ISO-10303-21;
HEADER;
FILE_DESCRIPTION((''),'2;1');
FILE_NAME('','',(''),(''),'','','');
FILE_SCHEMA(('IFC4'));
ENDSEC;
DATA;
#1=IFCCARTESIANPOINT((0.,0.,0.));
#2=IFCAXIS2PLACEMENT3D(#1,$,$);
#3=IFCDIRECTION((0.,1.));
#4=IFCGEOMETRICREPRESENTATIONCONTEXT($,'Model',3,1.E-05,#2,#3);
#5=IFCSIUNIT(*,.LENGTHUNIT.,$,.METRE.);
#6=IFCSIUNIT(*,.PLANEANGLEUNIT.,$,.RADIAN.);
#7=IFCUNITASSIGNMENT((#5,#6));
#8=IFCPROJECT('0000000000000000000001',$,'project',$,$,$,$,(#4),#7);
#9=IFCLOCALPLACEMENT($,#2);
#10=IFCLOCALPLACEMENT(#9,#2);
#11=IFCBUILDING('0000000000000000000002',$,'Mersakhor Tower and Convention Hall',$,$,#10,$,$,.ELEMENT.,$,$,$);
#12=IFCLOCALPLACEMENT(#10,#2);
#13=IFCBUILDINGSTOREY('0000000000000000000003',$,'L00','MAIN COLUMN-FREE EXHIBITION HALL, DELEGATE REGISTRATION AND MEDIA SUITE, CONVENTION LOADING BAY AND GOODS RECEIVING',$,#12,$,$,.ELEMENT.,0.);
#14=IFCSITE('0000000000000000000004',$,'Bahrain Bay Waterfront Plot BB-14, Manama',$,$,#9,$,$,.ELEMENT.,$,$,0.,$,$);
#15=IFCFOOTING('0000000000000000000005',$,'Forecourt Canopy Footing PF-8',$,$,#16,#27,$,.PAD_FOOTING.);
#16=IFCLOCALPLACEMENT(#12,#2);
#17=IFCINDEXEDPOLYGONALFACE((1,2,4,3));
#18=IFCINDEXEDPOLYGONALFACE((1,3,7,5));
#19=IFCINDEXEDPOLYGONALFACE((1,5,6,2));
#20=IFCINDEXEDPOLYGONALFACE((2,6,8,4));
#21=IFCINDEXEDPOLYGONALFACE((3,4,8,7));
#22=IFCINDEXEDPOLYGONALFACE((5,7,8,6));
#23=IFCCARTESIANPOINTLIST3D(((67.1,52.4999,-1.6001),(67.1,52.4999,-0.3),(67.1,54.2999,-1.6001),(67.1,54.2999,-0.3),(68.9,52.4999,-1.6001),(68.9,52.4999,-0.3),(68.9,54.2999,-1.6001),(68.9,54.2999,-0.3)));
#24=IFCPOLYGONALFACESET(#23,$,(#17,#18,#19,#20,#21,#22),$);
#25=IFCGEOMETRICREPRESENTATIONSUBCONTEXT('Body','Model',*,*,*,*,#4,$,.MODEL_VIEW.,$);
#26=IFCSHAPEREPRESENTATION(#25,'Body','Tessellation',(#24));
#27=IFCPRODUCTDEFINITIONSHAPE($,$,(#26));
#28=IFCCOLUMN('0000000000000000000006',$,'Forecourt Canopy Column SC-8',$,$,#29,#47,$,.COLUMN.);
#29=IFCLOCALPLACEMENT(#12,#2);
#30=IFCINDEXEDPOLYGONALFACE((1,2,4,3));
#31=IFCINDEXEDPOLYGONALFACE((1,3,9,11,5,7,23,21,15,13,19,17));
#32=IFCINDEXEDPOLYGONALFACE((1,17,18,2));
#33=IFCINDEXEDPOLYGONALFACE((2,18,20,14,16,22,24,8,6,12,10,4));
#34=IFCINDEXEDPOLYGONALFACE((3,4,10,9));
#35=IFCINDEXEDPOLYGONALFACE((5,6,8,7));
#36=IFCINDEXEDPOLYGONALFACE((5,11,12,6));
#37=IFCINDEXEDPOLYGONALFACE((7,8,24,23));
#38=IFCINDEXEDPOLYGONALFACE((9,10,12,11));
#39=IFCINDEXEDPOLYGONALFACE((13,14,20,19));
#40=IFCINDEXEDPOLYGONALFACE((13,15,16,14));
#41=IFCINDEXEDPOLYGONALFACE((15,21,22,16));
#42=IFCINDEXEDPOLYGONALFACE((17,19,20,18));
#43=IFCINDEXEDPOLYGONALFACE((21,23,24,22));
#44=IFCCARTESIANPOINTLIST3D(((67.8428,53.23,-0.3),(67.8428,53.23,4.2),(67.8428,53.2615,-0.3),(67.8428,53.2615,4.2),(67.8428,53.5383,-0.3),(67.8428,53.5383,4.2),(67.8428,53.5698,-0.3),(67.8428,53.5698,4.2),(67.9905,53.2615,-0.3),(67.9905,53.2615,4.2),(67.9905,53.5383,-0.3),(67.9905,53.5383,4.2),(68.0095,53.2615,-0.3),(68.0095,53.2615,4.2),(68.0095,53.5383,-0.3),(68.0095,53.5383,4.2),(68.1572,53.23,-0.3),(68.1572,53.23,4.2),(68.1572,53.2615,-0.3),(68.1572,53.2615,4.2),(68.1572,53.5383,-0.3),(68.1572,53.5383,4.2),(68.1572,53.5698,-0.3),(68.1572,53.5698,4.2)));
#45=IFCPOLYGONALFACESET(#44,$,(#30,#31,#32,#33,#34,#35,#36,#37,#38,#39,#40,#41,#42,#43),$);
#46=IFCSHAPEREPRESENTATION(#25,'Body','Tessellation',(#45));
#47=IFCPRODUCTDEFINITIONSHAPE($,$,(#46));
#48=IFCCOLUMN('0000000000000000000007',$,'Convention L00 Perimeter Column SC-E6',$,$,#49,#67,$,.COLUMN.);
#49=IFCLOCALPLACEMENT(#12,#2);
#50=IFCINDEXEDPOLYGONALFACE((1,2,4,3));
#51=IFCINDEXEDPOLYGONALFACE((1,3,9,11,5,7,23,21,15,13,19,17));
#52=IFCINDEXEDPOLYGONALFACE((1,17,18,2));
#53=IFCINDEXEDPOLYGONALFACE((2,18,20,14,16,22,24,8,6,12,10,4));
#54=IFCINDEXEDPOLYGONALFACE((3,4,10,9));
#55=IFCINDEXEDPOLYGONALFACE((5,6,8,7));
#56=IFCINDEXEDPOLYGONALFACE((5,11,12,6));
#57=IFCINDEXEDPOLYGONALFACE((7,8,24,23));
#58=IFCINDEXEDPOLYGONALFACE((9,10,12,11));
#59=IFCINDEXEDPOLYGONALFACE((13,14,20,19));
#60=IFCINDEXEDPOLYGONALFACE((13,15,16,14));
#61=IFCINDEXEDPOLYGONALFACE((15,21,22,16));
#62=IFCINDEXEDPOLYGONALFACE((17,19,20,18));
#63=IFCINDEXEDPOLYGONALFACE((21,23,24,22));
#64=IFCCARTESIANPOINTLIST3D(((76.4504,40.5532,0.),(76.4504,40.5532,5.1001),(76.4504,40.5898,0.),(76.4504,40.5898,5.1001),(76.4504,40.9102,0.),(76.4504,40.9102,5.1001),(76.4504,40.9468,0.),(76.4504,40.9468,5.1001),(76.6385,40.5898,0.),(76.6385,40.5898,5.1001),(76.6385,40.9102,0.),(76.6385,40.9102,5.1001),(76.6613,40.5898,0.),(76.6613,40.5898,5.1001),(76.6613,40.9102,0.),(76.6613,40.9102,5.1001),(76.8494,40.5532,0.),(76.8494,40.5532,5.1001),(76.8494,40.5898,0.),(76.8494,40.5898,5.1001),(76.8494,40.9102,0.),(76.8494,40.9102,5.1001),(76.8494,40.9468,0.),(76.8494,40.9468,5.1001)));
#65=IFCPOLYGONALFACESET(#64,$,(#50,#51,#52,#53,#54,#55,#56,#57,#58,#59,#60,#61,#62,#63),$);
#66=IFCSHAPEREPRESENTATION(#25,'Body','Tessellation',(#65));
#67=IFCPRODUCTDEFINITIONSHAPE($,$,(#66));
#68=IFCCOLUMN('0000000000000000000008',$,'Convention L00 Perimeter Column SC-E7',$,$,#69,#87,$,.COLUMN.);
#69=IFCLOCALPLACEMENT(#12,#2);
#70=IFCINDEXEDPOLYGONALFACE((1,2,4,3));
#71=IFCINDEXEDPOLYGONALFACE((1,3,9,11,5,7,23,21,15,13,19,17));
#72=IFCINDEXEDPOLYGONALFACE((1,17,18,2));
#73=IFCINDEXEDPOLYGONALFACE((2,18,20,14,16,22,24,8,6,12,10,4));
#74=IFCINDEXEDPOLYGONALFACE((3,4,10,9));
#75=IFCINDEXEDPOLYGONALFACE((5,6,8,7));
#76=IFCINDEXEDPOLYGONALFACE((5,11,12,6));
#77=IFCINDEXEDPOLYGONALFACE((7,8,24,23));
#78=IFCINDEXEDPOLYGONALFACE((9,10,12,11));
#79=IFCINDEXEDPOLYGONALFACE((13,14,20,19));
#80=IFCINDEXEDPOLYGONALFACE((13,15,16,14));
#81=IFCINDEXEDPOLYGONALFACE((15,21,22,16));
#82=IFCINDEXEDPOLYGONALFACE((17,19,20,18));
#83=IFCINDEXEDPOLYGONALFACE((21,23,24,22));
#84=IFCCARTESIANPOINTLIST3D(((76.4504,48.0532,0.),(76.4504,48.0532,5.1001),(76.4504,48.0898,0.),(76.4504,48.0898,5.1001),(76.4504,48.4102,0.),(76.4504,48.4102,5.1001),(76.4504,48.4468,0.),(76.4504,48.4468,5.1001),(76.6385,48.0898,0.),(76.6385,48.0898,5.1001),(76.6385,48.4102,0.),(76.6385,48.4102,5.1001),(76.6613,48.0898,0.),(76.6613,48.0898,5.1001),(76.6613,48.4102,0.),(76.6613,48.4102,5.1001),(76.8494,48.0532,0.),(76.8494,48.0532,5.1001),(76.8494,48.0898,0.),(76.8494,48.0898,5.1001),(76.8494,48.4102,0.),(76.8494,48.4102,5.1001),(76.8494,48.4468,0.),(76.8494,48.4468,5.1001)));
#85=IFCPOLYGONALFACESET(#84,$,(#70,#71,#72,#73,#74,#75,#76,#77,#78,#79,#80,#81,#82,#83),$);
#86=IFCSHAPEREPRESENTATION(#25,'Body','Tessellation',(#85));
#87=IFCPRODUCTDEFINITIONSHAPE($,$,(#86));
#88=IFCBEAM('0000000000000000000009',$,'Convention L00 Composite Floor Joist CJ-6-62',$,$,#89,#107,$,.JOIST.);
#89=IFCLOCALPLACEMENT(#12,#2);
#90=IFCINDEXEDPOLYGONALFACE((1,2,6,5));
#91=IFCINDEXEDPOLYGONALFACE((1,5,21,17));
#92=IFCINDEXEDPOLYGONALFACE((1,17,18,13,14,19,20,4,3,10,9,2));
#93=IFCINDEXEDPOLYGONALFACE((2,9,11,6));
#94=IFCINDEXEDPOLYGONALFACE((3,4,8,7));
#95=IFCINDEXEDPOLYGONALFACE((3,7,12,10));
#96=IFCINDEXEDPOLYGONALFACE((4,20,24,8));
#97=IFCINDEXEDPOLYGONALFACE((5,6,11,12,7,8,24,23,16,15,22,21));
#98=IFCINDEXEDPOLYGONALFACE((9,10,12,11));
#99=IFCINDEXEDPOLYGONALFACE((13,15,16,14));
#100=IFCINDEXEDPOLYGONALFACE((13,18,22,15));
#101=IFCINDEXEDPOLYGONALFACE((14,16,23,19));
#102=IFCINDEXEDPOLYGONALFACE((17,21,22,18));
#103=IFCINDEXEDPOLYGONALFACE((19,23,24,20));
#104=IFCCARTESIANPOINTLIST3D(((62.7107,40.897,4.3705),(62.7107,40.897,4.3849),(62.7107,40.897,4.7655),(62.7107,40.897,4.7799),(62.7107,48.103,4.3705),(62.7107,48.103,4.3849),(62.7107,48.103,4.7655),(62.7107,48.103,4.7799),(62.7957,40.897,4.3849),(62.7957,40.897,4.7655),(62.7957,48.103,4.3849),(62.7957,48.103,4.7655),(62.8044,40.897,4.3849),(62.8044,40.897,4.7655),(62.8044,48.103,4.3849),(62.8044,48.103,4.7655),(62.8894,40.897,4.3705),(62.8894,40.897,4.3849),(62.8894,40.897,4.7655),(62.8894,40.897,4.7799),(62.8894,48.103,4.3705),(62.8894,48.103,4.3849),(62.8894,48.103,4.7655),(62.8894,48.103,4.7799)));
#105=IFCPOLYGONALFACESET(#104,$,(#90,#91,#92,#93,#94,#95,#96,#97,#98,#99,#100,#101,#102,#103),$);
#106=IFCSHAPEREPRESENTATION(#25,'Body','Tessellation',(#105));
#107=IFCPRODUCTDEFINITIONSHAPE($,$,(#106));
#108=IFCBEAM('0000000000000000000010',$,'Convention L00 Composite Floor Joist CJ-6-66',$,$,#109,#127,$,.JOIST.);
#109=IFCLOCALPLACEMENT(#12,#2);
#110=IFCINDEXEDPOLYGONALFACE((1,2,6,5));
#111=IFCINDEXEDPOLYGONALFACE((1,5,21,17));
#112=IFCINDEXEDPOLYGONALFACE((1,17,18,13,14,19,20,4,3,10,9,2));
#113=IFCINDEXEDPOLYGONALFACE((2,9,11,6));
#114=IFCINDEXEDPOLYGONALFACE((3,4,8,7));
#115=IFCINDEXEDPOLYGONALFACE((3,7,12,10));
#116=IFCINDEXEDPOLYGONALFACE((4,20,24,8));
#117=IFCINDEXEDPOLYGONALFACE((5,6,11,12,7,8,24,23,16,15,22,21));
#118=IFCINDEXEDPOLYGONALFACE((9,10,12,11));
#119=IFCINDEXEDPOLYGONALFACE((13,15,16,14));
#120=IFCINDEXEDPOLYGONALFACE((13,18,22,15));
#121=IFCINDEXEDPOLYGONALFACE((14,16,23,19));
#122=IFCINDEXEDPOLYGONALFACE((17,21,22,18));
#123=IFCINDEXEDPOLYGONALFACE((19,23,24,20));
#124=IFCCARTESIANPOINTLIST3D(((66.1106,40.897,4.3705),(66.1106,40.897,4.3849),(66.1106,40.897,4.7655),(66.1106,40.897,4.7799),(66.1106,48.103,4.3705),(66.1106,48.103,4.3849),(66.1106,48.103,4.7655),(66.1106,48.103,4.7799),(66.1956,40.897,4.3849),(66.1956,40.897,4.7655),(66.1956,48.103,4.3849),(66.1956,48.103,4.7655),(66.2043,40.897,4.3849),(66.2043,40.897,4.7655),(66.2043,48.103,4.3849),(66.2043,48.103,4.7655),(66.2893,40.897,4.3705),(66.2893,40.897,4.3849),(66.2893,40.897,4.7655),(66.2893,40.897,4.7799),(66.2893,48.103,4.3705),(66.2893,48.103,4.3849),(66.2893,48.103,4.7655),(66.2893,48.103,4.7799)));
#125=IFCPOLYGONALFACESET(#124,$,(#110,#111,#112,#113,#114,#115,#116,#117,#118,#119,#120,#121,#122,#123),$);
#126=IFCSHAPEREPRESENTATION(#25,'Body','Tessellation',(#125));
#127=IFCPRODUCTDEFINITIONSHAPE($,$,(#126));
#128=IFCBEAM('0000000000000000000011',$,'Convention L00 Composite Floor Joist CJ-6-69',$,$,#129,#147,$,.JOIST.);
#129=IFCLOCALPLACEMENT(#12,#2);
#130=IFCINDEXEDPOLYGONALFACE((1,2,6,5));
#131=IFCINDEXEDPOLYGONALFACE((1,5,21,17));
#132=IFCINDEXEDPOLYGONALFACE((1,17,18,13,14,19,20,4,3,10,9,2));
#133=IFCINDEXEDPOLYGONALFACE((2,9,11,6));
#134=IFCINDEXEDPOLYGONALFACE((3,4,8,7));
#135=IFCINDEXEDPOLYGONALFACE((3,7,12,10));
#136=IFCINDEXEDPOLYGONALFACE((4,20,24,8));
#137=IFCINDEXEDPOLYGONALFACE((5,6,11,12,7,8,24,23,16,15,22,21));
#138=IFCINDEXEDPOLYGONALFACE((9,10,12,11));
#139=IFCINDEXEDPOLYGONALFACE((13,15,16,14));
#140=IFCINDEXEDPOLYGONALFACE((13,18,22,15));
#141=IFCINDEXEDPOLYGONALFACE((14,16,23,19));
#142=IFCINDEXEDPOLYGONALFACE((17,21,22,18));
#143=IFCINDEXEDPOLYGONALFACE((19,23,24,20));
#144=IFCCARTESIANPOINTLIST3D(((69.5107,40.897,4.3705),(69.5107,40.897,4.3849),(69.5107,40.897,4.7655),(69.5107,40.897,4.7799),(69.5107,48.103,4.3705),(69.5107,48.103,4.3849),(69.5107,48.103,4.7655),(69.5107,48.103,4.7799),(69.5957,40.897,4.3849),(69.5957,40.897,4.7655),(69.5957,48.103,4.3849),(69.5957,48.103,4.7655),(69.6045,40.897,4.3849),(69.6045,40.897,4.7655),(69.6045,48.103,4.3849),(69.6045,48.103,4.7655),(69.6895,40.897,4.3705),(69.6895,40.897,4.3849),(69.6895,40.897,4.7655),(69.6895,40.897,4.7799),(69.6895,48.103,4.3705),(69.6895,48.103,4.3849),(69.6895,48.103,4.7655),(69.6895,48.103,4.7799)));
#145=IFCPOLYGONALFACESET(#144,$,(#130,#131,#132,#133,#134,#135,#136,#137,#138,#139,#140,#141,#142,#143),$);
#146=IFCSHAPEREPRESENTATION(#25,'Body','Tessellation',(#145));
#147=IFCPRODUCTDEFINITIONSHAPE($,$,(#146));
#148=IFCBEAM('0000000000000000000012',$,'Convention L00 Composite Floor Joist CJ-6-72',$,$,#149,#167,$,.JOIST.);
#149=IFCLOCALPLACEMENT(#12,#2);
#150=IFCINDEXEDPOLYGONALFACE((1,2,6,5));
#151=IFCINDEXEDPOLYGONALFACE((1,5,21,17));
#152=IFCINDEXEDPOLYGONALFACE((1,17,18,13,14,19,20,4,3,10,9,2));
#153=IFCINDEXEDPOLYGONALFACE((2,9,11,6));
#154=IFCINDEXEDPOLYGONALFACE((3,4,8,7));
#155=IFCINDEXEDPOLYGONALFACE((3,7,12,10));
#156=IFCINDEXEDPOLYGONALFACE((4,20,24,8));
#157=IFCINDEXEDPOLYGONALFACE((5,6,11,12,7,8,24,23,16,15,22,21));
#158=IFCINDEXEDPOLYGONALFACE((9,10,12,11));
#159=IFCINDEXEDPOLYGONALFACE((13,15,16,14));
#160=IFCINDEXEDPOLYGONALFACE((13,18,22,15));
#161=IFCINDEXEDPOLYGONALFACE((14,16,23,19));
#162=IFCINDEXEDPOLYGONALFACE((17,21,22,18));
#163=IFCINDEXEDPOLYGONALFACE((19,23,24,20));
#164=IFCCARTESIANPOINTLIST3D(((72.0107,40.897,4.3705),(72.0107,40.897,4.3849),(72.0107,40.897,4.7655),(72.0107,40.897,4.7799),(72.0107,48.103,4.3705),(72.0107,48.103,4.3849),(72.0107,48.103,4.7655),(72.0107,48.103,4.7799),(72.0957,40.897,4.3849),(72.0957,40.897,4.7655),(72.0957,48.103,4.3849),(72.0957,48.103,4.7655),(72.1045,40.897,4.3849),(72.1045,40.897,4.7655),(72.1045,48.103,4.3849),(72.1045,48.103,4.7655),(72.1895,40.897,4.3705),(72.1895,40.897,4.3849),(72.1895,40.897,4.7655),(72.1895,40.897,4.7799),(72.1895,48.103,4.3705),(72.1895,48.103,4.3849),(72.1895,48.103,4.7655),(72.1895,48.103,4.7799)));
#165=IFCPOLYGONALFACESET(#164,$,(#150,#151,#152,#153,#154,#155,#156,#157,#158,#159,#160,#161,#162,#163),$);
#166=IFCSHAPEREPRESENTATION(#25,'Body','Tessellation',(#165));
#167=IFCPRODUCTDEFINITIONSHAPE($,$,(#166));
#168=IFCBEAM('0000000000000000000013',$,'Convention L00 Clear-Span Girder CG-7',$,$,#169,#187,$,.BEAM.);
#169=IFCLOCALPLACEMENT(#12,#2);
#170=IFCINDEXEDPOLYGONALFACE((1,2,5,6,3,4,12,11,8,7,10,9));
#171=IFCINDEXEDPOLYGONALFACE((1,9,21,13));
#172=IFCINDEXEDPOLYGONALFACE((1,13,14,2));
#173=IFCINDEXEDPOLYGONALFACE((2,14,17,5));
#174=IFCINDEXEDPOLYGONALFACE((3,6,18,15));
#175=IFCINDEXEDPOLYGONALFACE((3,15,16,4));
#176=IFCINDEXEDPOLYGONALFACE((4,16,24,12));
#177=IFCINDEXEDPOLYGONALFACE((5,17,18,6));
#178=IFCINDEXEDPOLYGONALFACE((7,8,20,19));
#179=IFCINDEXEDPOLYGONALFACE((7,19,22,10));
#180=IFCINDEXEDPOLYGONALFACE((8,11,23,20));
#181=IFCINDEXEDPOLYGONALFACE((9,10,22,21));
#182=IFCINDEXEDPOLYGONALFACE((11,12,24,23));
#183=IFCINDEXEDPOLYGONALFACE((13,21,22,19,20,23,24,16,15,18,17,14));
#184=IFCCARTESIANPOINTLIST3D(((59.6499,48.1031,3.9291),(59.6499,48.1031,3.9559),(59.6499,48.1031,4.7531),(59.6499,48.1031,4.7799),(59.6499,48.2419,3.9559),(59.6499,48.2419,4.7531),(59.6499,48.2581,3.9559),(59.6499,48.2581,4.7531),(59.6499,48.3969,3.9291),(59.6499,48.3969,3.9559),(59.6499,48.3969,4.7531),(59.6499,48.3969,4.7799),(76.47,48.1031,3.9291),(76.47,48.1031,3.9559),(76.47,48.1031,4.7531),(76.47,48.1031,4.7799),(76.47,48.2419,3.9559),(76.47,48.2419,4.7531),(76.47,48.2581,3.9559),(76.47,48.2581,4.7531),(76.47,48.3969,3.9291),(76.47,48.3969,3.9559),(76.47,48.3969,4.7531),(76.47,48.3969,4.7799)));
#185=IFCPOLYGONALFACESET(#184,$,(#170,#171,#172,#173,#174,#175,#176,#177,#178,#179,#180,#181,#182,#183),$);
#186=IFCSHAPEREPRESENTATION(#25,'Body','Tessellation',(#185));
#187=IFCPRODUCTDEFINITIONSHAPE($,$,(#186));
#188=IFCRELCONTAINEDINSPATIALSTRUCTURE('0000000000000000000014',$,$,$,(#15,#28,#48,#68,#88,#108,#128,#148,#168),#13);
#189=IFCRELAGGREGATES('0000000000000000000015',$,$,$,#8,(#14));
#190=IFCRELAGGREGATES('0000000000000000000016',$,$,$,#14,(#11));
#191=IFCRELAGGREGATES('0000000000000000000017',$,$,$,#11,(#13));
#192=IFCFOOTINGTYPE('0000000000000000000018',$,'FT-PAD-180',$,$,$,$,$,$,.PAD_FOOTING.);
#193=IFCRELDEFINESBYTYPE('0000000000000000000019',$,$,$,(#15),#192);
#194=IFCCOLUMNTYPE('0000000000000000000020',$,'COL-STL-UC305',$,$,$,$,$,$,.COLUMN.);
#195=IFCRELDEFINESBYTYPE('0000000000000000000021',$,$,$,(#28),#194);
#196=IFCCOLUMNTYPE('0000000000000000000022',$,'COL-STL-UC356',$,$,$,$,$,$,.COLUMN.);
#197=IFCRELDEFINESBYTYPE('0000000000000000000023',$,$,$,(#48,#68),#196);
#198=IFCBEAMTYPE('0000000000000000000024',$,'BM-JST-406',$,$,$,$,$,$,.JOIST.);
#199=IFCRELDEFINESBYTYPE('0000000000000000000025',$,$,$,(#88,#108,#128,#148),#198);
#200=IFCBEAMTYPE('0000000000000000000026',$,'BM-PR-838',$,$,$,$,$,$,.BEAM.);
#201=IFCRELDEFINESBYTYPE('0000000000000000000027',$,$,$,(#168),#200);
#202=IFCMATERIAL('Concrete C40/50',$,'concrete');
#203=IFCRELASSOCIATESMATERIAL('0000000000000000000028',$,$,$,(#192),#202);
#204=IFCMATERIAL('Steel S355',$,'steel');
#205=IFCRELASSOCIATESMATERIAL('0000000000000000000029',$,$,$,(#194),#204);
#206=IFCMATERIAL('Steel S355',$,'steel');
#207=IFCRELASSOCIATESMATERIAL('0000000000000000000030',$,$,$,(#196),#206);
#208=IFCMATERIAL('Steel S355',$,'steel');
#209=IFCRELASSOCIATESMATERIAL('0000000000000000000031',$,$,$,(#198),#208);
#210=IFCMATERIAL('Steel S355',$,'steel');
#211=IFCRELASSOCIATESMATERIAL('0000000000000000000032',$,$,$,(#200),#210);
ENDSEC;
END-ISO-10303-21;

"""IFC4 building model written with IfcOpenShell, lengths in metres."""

from ifc_helpers import new_model, si_unit, direction, frame, origin, origin_2d, place, context, subcontext, project, spatial, rectangle, i_section, extrude, material, material_profile, profile_set, type_object, element, save


model = new_model("IFC4")

# Units and contexts
model_context = context("Model", 3, precision=1e-05, world=origin(), true_north=direction((0.0, 1.0)))
body_context = subcontext(model_context, "Body", "Model", "MODEL_VIEW")
ifc_project = project(units=[si_unit("LENGTHUNIT", "METRE"), si_unit("PLANEANGLEUNIT", "RADIAN")], contexts=[model_context])

# Site, building, storey
site_placement = place(None, origin())
site = spatial("IfcSite", under=ifc_project, at=site_placement, Name="Bahrain Bay Waterfront Plot BB-14, Manama", CompositionType="ELEMENT", RefElevation=0.0)
building_placement = place(site_placement, origin())
building = spatial("IfcBuilding", under=site, at=building_placement, Name="Mersakhor Tower and Convention Hall", CompositionType="ELEMENT")
storey_placement = place(building_placement, origin())
storey = spatial("IfcBuildingStorey", under=building, at=storey_placement, Name="L00", Description="MAIN COLUMN-FREE EXHIBITION HALL, DELEGATE REGISTRATION AND MEDIA SUITE, CONVENTION LOADING BAY AND GOODS RECEIVING", CompositionType="ELEMENT", Elevation=0.0)

# Footing
ifc_material_1 = material(Name="Concrete C40/50", Category="concrete")
footing_type = type_object("IfcFootingType", Name="FT-PAD-180", PredefinedType="PAD_FOOTING", material=ifc_material_1)
footing_placement = place(storey_placement, frame((68.0, 53.3999, -1.6001), z_axis=(0.0, 0.0, 1.0), x_axis=(1.0, 0.0, 0.0)))
element("IfcFooting", 1, at=footing_placement, inside=storey, type_object=footing_type, Name="Forecourt Canopy Footing PF-8", PredefinedType="PAD_FOOTING", context=body_context, shape_type="SweptSolid", body=[
    extrude(rectangle(XDim=1.8, YDim=1.8, at=origin_2d()), origin(), (0.0, 0.0, 1.0), 1.3),
])

# Columns
ifc_material_2 = material(Name="Steel S355", Category="steel")
ifc_material_profile_1 = material_profile(ifc_material_2, i_section(OverallWidth=0.3145, OverallDepth=0.3398, WebThickness=0.019, FlangeThickness=0.0315, at=origin_2d()), Name="UC 305x305x198")
ifc_profile_set_1 = profile_set([ifc_material_profile_1], Name="Steel S355")
column_type_1 = type_object("IfcColumnType", Name="COL-STL-UC305", PredefinedType="COLUMN", material=ifc_profile_set_1)
column_placement = place(storey_placement, frame((68.0, 53.3999, -0.3), z_axis=(0.0, 0.0, 1.0), x_axis=(1.0, 0.0, 0.0)))
element("IfcColumn", 2, at=column_placement, inside=storey, type_object=column_type_1, Name="Forecourt Canopy Column SC-8", PredefinedType="COLUMN", context=body_context, shape_type="SweptSolid", body=[
    extrude(i_section(OverallWidth=0.3145, OverallDepth=0.3398, WebThickness=0.019, FlangeThickness=0.0315, at=origin_2d()), origin(), (0.0, 0.0, 1.0), 4.5),
])
ifc_material_3 = material(Name="Steel S355", Category="steel")
ifc_material_profile_2 = material_profile(ifc_material_3, i_section(OverallWidth=0.3989, OverallDepth=0.3936, WebThickness=0.0227, FlangeThickness=0.0366, at=origin_2d()), Name="UC 356x406x287")
ifc_profile_set_2 = profile_set([ifc_material_profile_2], Name="Steel S355")
column_type_2 = type_object("IfcColumnType", Name="COL-STL-UC356", PredefinedType="COLUMN", material=ifc_profile_set_2)
for number, where, z_axis, x_axis, name in (
    (3, (76.6499, 40.75, 0.0), (0.0, 0.0, 1.0), (1.0, 0.0, 0.0), "Convention L00 Perimeter Column SC-E6"),
    (4, (76.6499, 48.25, 0.0), (0.0, 0.0, 1.0), (1.0, 0.0, 0.0), "Convention L00 Perimeter Column SC-E7"),
):
    element("IfcColumn", number, at=place(storey_placement, frame(where, z_axis=z_axis, x_axis=x_axis)), inside=storey, type_object=column_type_2, Name=name, PredefinedType="COLUMN", context=body_context, shape_type="SweptSolid", body=[
        extrude(i_section(OverallWidth=0.3989, OverallDepth=0.3936, WebThickness=0.0227, FlangeThickness=0.0366, at=origin_2d()), origin(), (0.0, 0.0, 1.0), 5.1001),
    ])

# Beams
ifc_material_4 = material(Name="Steel S355", Category="steel")
ifc_material_profile_3 = material_profile(ifc_material_4, i_section(OverallWidth=0.1787, OverallDepth=0.4094, WebThickness=0.0088, FlangeThickness=0.0144, at=origin_2d()), Name="UB 406x178x67")
ifc_profile_set_3 = profile_set([ifc_material_profile_3], Name="Steel S355")
beam_type_1 = type_object("IfcBeamType", Name="BM-JST-406", PredefinedType="JOIST", material=ifc_profile_set_3)
for number, where, z_axis, x_axis, name in (
    (5, (62.8, 40.897, 4.5752), (0.0, 1.0, 0.0), (-1.0, 0.0, 0.0), "Convention L00 Composite Floor Joist CJ-6-62"),
    (6, (66.2, 40.897, 4.5752), (0.0, 1.0, 0.0), (-1.0, 0.0, 0.0), "Convention L00 Composite Floor Joist CJ-6-66"),
    (7, (69.6001, 40.897, 4.5752), (0.0, 1.0, 0.0), (-1.0, 0.0, 0.0), "Convention L00 Composite Floor Joist CJ-6-69"),
    (8, (72.1001, 40.897, 4.5752), (0.0, 1.0, 0.0), (-1.0, 0.0, 0.0), "Convention L00 Composite Floor Joist CJ-6-72"),
):
    element("IfcBeam", number, at=place(storey_placement, frame(where, z_axis=z_axis, x_axis=x_axis)), inside=storey, type_object=beam_type_1, Name=name, PredefinedType="JOIST", context=body_context, shape_type="SweptSolid", body=[
        extrude(i_section(OverallWidth=0.1787, OverallDepth=0.4094, WebThickness=0.0088, FlangeThickness=0.0144, at=origin_2d()), origin(), (0.0, 0.0, 1.0), 7.2061),
    ])
ifc_material_5 = material(Name="Steel S355", Category="steel")
ifc_material_profile_4 = material_profile(ifc_material_5, i_section(OverallWidth=0.2937, OverallDepth=0.8508, WebThickness=0.0161, FlangeThickness=0.0269, at=origin_2d()), Name="UB 838x292x226")
ifc_profile_set_4 = profile_set([ifc_material_profile_4], Name="Steel S355")
beam_type_2 = type_object("IfcBeamType", Name="BM-PR-838", PredefinedType="BEAM", material=ifc_profile_set_4)
beam_1_placement = place(storey_placement, frame((59.6499, 48.25, 4.3545), z_axis=(1.0, 0.0, 0.0), x_axis=(0.0, 1.0, 0.0)))
element("IfcBeam", 9, at=beam_1_placement, inside=storey, type_object=beam_type_2, Name="Convention L00 Clear-Span Girder CG-7", PredefinedType="BEAM", context=body_context, shape_type="SweptSolid", body=[
    extrude(i_section(OverallWidth=0.2937, OverallDepth=0.8508, WebThickness=0.0161, FlangeThickness=0.0269, at=origin_2d()), origin(), (0.0, 0.0, 1.0), 16.8201),
])

save(model, "model.ifc")
